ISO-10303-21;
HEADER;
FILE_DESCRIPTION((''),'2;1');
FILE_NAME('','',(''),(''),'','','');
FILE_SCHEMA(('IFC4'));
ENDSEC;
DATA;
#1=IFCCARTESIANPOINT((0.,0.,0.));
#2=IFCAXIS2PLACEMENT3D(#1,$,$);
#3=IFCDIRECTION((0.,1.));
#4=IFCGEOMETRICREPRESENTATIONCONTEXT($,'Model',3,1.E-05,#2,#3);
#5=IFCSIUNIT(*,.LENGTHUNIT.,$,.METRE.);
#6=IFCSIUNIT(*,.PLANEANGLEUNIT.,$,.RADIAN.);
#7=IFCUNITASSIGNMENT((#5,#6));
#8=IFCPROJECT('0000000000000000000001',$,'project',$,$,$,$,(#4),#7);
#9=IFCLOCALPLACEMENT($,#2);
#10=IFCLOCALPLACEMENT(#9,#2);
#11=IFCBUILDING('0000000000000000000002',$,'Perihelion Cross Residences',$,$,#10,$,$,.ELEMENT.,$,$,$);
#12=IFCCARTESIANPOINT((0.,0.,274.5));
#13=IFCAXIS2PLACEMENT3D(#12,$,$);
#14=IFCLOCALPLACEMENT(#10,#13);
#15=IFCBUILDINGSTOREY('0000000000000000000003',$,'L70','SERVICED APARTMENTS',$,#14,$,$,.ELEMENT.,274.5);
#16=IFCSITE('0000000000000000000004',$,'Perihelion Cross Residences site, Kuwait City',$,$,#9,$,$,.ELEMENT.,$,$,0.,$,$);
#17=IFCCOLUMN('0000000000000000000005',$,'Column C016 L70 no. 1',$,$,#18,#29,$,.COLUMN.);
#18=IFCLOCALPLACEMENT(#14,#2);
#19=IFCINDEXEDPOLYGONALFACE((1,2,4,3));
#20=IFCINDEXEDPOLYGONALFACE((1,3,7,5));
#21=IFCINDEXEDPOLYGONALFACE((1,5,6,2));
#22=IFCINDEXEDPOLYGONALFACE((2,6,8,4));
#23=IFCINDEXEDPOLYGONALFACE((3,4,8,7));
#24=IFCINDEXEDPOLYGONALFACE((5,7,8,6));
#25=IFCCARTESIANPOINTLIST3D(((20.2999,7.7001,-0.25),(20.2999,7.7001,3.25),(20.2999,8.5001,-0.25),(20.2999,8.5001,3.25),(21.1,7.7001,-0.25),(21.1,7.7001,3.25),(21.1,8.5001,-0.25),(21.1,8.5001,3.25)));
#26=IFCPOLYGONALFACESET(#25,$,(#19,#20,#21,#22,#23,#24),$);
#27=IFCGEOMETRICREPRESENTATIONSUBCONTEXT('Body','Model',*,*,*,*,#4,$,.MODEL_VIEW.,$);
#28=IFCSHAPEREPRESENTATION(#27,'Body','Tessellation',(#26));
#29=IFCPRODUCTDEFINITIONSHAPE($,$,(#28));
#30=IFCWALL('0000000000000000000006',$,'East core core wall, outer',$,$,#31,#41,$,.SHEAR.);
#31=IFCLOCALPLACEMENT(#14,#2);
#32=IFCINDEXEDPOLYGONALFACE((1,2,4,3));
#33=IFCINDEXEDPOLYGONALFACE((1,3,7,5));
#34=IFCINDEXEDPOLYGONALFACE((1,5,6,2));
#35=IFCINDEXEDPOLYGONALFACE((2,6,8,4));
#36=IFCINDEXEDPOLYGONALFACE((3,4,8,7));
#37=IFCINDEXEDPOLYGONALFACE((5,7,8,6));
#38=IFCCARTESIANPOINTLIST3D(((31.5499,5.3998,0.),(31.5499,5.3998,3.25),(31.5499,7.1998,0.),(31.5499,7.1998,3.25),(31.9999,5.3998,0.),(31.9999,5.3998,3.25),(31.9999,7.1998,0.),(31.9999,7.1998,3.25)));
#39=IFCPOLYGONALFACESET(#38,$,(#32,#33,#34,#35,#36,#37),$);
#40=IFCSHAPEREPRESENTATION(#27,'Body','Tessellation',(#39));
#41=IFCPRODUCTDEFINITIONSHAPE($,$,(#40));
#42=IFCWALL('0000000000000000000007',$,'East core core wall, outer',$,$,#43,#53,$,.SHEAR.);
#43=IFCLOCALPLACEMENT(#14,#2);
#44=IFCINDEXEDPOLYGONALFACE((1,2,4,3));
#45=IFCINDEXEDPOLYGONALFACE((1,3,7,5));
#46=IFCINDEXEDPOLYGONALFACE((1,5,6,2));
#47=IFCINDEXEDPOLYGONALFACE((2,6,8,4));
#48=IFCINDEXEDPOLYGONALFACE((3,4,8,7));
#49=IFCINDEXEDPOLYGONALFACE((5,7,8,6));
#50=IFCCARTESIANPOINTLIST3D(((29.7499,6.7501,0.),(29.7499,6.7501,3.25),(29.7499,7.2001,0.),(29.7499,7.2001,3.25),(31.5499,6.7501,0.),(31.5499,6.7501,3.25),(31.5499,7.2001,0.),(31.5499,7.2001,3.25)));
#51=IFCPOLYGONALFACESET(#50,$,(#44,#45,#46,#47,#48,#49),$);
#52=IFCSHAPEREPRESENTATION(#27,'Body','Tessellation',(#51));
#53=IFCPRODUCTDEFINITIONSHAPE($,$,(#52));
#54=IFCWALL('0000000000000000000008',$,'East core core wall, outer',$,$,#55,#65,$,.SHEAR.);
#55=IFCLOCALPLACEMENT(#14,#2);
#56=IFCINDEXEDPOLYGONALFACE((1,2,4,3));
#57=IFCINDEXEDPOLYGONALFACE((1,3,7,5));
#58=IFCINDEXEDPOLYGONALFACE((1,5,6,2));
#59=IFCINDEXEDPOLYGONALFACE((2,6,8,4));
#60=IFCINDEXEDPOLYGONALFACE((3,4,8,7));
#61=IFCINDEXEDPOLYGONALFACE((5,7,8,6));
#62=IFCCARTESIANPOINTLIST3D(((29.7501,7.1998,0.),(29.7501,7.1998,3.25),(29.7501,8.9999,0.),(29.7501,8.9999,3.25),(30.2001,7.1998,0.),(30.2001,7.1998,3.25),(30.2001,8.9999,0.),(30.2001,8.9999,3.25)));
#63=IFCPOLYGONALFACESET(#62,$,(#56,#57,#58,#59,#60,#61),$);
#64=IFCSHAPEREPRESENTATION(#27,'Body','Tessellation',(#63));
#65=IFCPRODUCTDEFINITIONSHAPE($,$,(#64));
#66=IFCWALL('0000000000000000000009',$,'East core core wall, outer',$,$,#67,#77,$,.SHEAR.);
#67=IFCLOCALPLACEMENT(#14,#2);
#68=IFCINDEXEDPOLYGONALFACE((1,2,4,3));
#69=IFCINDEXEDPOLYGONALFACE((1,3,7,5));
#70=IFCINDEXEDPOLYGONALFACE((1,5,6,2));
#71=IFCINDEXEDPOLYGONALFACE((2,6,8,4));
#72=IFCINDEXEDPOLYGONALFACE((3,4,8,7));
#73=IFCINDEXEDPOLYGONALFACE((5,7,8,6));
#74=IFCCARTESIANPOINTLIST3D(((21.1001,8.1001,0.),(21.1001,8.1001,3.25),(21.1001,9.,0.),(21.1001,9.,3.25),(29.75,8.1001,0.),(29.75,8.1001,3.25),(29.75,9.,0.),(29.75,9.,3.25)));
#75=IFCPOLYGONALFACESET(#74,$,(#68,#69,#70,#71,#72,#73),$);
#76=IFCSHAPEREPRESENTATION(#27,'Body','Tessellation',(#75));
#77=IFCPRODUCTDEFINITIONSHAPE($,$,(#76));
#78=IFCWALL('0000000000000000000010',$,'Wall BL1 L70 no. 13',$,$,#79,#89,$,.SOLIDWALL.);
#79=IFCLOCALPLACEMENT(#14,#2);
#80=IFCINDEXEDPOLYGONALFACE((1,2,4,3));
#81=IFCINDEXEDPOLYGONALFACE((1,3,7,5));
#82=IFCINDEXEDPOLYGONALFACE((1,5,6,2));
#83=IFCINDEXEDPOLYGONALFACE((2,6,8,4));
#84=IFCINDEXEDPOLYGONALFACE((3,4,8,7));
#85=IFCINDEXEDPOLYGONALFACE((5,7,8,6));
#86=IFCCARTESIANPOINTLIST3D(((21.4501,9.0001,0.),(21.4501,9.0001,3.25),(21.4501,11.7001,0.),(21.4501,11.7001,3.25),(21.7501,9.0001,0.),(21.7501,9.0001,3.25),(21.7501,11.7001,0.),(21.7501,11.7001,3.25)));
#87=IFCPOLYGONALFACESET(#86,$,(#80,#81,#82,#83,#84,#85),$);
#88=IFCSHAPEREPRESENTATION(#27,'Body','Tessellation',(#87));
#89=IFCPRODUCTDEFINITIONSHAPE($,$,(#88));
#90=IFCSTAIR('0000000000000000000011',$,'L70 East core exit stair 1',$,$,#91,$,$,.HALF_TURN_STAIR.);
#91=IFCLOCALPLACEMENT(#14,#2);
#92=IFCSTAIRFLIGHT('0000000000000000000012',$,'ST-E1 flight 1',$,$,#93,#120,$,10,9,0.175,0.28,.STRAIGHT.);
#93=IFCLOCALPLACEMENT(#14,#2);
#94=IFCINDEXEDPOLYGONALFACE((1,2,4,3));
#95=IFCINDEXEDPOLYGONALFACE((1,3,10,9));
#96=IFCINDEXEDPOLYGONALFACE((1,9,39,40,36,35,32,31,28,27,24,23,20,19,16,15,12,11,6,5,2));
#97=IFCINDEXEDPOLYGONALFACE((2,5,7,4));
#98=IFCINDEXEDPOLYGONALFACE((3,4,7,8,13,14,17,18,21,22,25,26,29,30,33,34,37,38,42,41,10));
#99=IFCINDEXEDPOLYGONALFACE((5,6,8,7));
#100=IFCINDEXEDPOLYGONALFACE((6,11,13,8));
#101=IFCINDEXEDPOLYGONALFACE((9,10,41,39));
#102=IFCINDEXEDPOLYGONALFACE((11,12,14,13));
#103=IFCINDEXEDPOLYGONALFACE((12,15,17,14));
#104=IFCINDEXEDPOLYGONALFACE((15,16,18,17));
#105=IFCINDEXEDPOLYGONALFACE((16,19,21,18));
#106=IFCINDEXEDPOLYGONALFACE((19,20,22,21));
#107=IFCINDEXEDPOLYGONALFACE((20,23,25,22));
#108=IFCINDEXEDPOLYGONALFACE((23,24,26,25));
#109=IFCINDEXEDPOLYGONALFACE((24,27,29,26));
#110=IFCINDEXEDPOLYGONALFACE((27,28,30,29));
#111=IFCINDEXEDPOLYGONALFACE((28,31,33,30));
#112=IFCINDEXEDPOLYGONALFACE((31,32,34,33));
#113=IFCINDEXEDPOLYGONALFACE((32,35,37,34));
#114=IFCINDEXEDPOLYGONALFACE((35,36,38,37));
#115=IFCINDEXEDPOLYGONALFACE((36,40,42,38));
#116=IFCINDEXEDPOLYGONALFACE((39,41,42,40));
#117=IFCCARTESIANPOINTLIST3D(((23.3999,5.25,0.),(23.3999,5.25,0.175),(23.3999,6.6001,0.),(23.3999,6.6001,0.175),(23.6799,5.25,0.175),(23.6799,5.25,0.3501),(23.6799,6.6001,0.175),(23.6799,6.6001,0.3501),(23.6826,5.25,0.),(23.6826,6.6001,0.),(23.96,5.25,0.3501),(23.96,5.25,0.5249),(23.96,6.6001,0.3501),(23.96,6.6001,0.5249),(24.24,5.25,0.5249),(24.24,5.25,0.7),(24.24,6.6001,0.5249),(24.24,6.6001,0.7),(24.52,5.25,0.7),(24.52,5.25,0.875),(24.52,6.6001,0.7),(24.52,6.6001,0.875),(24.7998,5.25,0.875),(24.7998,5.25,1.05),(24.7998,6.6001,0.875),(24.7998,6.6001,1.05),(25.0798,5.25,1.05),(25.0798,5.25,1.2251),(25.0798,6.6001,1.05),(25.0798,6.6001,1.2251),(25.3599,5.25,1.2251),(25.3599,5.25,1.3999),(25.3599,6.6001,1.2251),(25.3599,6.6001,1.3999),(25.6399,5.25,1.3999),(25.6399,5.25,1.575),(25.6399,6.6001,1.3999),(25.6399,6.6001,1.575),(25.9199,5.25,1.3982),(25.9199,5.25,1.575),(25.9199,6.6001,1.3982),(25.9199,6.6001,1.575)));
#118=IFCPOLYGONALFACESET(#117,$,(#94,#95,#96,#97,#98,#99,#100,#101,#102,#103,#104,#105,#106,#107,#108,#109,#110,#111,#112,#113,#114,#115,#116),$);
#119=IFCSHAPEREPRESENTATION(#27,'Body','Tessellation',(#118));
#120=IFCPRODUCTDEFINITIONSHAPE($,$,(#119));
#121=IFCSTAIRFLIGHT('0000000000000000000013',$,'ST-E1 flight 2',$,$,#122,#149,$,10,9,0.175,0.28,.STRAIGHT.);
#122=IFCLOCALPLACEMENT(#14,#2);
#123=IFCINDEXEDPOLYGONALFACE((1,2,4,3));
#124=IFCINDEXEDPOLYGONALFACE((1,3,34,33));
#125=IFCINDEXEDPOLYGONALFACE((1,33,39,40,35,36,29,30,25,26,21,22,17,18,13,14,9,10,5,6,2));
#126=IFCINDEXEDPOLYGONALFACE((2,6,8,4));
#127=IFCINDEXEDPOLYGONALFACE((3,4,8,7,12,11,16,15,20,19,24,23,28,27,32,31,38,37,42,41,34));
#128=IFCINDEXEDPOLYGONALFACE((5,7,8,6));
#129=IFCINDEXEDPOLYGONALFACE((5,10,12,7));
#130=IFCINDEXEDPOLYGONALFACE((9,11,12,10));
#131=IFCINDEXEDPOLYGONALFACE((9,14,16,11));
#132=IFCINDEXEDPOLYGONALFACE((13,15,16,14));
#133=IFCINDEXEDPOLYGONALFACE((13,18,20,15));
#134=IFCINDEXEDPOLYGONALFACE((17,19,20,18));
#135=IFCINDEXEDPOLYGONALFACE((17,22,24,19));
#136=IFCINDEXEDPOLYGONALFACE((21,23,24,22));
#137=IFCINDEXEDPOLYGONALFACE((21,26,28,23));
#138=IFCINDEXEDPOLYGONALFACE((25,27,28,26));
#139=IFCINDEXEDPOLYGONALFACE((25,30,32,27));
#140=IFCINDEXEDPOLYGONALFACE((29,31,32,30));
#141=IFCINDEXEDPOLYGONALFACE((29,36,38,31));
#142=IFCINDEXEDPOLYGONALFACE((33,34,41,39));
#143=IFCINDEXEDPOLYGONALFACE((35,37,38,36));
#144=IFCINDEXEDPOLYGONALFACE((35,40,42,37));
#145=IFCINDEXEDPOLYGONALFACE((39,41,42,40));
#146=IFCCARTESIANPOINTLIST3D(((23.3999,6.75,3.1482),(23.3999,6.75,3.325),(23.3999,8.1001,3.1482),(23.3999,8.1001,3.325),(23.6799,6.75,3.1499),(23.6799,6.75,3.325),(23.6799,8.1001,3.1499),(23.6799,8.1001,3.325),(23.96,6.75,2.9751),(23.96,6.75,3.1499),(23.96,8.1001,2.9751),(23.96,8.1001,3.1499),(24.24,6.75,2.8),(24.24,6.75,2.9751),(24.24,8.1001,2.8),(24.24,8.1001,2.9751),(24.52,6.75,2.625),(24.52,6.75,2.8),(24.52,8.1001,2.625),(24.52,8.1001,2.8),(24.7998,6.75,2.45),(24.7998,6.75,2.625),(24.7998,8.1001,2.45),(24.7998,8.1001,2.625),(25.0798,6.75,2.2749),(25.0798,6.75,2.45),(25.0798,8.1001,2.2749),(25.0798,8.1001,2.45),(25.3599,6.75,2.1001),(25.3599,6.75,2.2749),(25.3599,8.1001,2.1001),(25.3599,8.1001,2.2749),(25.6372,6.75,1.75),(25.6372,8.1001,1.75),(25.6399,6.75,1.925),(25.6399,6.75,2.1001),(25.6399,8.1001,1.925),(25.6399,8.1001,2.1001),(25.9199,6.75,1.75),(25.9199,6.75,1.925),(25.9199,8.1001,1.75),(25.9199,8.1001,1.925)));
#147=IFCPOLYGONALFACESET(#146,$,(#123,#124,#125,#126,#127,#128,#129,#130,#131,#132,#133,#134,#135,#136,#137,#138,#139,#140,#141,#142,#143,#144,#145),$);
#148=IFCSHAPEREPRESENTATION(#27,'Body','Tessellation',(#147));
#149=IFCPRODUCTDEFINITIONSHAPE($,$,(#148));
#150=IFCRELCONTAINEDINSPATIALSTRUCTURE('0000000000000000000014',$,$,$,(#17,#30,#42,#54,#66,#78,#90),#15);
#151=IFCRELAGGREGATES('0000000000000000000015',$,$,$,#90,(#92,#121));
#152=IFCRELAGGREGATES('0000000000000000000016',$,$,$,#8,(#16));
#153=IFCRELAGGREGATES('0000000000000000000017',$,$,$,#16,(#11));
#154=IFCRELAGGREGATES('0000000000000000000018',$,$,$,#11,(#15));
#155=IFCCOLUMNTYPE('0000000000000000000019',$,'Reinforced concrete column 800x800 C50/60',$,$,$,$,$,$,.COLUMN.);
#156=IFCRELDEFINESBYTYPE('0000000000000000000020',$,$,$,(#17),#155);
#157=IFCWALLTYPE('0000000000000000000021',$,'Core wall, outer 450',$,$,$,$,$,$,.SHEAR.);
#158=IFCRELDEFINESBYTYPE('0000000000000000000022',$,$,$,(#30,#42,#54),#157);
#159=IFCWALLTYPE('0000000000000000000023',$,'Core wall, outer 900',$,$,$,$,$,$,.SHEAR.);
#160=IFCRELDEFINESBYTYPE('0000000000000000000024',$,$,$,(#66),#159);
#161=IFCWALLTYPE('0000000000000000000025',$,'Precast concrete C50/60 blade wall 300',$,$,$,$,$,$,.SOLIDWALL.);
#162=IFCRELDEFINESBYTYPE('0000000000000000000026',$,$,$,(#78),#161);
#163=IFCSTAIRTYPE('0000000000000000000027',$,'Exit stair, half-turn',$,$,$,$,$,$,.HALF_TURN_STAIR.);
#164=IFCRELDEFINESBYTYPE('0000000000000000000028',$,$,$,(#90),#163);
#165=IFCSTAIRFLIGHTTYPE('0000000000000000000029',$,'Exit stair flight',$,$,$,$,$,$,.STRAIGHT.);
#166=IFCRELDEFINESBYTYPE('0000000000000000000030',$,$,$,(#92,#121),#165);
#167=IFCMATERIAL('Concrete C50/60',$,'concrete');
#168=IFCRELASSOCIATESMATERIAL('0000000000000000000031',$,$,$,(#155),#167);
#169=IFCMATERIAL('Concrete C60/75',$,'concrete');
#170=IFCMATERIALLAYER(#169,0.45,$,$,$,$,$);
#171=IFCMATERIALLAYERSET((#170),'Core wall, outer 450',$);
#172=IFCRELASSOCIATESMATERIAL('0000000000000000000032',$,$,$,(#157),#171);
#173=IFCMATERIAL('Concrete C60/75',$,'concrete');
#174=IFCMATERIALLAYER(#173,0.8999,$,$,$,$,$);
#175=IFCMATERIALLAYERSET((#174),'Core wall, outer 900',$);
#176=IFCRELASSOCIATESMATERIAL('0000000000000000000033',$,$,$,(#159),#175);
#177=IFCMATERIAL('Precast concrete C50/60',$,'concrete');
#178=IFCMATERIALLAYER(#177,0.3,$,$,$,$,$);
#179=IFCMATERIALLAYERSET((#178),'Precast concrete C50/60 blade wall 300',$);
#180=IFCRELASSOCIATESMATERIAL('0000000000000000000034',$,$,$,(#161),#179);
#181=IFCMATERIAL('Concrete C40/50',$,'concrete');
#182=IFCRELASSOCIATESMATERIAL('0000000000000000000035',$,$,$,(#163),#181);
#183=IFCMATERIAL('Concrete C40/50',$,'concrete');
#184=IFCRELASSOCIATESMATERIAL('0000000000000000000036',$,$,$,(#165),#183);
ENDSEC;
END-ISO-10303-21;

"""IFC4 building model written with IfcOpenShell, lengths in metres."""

from ifc_helpers import new_model, si_unit, direction, frame, frame_2d, origin, origin_2d, place, context, subcontext, project, spatial, polyline, rectangle, outline, extrude, material, layer, layer_set, material_profile, profile_set, type_object, element, aggregate, save


model = new_model("IFC4")

# Units and contexts
model_context = context("Model", 3, precision=1e-05, world=origin(), true_north=direction((0.0, 1.0)))
body_context = subcontext(model_context, "Body", "Model", "MODEL_VIEW")
ifc_project = project(units=[si_unit("LENGTHUNIT", "METRE"), si_unit("PLANEANGLEUNIT", "RADIAN")], contexts=[model_context])

# Site, building, storey
site_placement = place(None, origin())
site = spatial("IfcSite", under=ifc_project, at=site_placement, Name="Perihelion Cross Residences site, Kuwait City", CompositionType="ELEMENT", RefElevation=0.0)
building_placement = place(site_placement, origin())
building = spatial("IfcBuilding", under=site, at=building_placement, Name="Perihelion Cross Residences", CompositionType="ELEMENT")
storey_placement = place(building_placement, frame((0.0, 0.0, 274.5)))
storey = spatial("IfcBuildingStorey", under=building, at=storey_placement, Name="L70", Description="SERVICED APARTMENTS", CompositionType="ELEMENT", Elevation=274.5)

# Column
ifc_material_1 = material(Name="Concrete C50/60", Category="concrete")
ifc_material_profile = material_profile(ifc_material_1, rectangle(XDim=0.8, YDim=0.8, at=origin_2d()), Name="RC 800x800")
ifc_profile_set = profile_set([ifc_material_profile], Name="Concrete C50/60")
column_type = type_object("IfcColumnType", Name="Reinforced concrete column 800x800 C50/60", PredefinedType="COLUMN", material=ifc_profile_set)
column_placement = place(storey_placement, frame((20.7, 8.1001, -0.25), z_axis=(0.0, 0.0, 1.0), x_axis=(1.0, 0.0, 0.0)))
element("IfcColumn", 1, at=column_placement, inside=storey, type_object=column_type, Name="Column C016 L70 no. 1", PredefinedType="COLUMN", context=body_context, shape_type="SweptSolid", body=[
    extrude(rectangle(XDim=0.8, YDim=0.8, at=origin_2d()), origin(), (0.0, 0.0, 1.0), 3.5),
])

# Walls
ifc_material_2 = material(Name="Concrete C60/75", Category="concrete")
ifc_layer_1 = layer(ifc_material_2, 0.45)
ifc_layer_set_1 = layer_set([ifc_layer_1], Name="Core wall, outer 450")
wall_type_1 = type_object("IfcWallType", Name="Core wall, outer 450", PredefinedType="SHEAR", material=ifc_layer_set_1)
for number, where, z_axis, x_axis, name in (
    (2, (31.7749, 5.3999, 0.0), (0.0, 0.0, 1.0), (0.0, 1.0, 0.0), "East core core wall, outer"),
    (3, (29.75, 6.9751, 0.0), (0.0, 0.0, 1.0), (1.0, 0.0, 0.0), "East core core wall, outer"),
    (4, (29.9751, 7.2, 0.0), (0.0, 0.0, 1.0), (0.0, 1.0, 0.0), "East core core wall, outer"),
):
    element("IfcWall", number, at=place(storey_placement, frame(where, z_axis=z_axis, x_axis=x_axis)), inside=storey, type_object=wall_type_1, Name=name, PredefinedType="SHEAR", context=body_context, shape_type="SweptSolid", body=[
        extrude(rectangle(XDim=1.8, YDim=0.45, at=frame_2d((0.8999, 0.0))), origin(), (0.0, 0.0, 1.0), 3.25),
    ])
ifc_material_3 = material(Name="Concrete C60/75", Category="concrete")
ifc_layer_2 = layer(ifc_material_3, 0.8999)
ifc_layer_set_2 = layer_set([ifc_layer_2], Name="Core wall, outer 900")
wall_type_2 = type_object("IfcWallType", Name="Core wall, outer 900", PredefinedType="SHEAR", material=ifc_layer_set_2)
wall_1_placement = place(storey_placement, frame((21.1001, 8.55, 0.0), z_axis=(0.0, 0.0, 1.0), x_axis=(1.0, 0.0, 0.0)))
element("IfcWall", 5, at=wall_1_placement, inside=storey, type_object=wall_type_2, Name="East core core wall, outer", PredefinedType="SHEAR", context=body_context, shape_type="SweptSolid", body=[
    extrude(rectangle(XDim=8.6499, YDim=0.8999, at=frame_2d((4.325, 0.0))), origin(), (0.0, 0.0, 1.0), 3.25),
])
ifc_material_4 = material(Name="Precast concrete C50/60", Category="concrete")
ifc_layer_3 = layer(ifc_material_4, 0.3)
ifc_layer_set_3 = layer_set([ifc_layer_3], Name="Precast concrete C50/60 blade wall 300")
wall_type_3 = type_object("IfcWallType", Name="Precast concrete C50/60 blade wall 300", PredefinedType="SOLIDWALL", material=ifc_layer_set_3)
wall_2_placement = place(storey_placement, frame((21.6001, 9.0, 0.0), z_axis=(0.0, 0.0, 1.0), x_axis=(0.0, 1.0, 0.0)))
element("IfcWall", 6, at=wall_2_placement, inside=storey, type_object=wall_type_3, Name="Wall BL1 L70 no. 13", PredefinedType="SOLIDWALL", context=body_context, shape_type="SweptSolid", body=[
    extrude(rectangle(XDim=2.7, YDim=0.3, at=frame_2d((1.3501, 0.0))), origin(), (0.0, 0.0, 1.0), 3.25),
])

# Stair, stair flights
ifc_material_5 = material(Name="Concrete C40/50", Category="concrete")
stair_type = type_object("IfcStairType", Name="Exit stair, half-turn", PredefinedType="HALF_TURN_STAIR", material=ifc_material_5)
stair_placement = place(storey_placement, origin())
stair = element("IfcStair", 7, at=stair_placement, inside=storey, type_object=stair_type, Name="L70 East core exit stair 1", PredefinedType="HALF_TURN_STAIR")
ifc_material_6 = material(Name="Concrete C40/50", Category="concrete")
stair_flight_type = type_object("IfcStairFlightType", Name="Exit stair flight", PredefinedType="STRAIGHT", material=ifc_material_6)
stair_flight_1_placement = place(storey_placement, frame((23.3999, 5.925, 0.0), z_axis=(0.0, 0.0, 1.0), x_axis=(1.0, 0.0, 0.0)))
stair_flight_1 = element("IfcStairFlight", 8, at=stair_flight_1_placement, type_object=stair_flight_type, Name="ST-E1 flight 1", NumberOfRisers=10, NumberOfTreads=9, PredefinedType="STRAIGHT", RiserHeight=0.175, TreadLength=0.28, context=body_context, shape_type="SweptSolid", body=[
    extrude(outline(polyline([(0.0, 0.0), (0.0, 0.175), (0.28, 0.175), (0.28, 0.3501), (0.5601, 0.3501), (0.5601, 0.5249), (0.8401, 0.5249), (0.8401, 0.7), (1.1201, 0.7), (1.1201, 0.875), (1.3999, 0.875), (1.3999, 1.05), (1.6799, 1.05), (1.6799, 1.2251), (1.96, 1.2251), (1.96, 1.3999), (2.24, 1.3999), (2.24, 1.575), (2.52, 1.575), (2.52, 1.75), (2.52, 1.3982), (0.2827, 0.0), (0.0, 0.0)])), frame((0.0, 0.675, 0.0), z_axis=(0.0, -1.0, 0.0), x_axis=(1.0, 0.0, 0.0)), (0.0, 0.0, 1.0), 1.3501),
])
stair_flight_2_placement = place(storey_placement, frame((25.9199, 7.425, 1.75), z_axis=(0.0, 0.0, 1.0), x_axis=(-1.0, 0.0, 0.0)))
stair_flight_2 = element("IfcStairFlight", 9, at=stair_flight_2_placement, type_object=stair_flight_type, Name="ST-E1 flight 2", NumberOfRisers=10, NumberOfTreads=9, PredefinedType="STRAIGHT", RiserHeight=0.175, TreadLength=0.28, context=body_context, shape_type="SweptSolid", body=[
    extrude(outline(polyline([(0.0, 0.0), (0.0, 0.175), (0.28, 0.175), (0.28, 0.3501), (0.5601, 0.3501), (0.5601, 0.5249), (0.8401, 0.5249), (0.8401, 0.7), (1.1201, 0.7), (1.1201, 0.875), (1.3999, 0.875), (1.3999, 1.05), (1.6799, 1.05), (1.6799, 1.2251), (1.96, 1.2251), (1.96, 1.3999), (2.24, 1.3999), (2.24, 1.575), (2.52, 1.575), (2.52, 1.75), (2.52, 1.3982), (0.2827, 0.0), (0.0, 0.0)])), frame((0.0, 0.675, 0.0), z_axis=(0.0, -1.0, 0.0), x_axis=(1.0, 0.0, 0.0)), (0.0, 0.0, 1.0), 1.3501),
])
aggregate(stair, [stair_flight_1, stair_flight_2])

save(model, "model.ifc")
